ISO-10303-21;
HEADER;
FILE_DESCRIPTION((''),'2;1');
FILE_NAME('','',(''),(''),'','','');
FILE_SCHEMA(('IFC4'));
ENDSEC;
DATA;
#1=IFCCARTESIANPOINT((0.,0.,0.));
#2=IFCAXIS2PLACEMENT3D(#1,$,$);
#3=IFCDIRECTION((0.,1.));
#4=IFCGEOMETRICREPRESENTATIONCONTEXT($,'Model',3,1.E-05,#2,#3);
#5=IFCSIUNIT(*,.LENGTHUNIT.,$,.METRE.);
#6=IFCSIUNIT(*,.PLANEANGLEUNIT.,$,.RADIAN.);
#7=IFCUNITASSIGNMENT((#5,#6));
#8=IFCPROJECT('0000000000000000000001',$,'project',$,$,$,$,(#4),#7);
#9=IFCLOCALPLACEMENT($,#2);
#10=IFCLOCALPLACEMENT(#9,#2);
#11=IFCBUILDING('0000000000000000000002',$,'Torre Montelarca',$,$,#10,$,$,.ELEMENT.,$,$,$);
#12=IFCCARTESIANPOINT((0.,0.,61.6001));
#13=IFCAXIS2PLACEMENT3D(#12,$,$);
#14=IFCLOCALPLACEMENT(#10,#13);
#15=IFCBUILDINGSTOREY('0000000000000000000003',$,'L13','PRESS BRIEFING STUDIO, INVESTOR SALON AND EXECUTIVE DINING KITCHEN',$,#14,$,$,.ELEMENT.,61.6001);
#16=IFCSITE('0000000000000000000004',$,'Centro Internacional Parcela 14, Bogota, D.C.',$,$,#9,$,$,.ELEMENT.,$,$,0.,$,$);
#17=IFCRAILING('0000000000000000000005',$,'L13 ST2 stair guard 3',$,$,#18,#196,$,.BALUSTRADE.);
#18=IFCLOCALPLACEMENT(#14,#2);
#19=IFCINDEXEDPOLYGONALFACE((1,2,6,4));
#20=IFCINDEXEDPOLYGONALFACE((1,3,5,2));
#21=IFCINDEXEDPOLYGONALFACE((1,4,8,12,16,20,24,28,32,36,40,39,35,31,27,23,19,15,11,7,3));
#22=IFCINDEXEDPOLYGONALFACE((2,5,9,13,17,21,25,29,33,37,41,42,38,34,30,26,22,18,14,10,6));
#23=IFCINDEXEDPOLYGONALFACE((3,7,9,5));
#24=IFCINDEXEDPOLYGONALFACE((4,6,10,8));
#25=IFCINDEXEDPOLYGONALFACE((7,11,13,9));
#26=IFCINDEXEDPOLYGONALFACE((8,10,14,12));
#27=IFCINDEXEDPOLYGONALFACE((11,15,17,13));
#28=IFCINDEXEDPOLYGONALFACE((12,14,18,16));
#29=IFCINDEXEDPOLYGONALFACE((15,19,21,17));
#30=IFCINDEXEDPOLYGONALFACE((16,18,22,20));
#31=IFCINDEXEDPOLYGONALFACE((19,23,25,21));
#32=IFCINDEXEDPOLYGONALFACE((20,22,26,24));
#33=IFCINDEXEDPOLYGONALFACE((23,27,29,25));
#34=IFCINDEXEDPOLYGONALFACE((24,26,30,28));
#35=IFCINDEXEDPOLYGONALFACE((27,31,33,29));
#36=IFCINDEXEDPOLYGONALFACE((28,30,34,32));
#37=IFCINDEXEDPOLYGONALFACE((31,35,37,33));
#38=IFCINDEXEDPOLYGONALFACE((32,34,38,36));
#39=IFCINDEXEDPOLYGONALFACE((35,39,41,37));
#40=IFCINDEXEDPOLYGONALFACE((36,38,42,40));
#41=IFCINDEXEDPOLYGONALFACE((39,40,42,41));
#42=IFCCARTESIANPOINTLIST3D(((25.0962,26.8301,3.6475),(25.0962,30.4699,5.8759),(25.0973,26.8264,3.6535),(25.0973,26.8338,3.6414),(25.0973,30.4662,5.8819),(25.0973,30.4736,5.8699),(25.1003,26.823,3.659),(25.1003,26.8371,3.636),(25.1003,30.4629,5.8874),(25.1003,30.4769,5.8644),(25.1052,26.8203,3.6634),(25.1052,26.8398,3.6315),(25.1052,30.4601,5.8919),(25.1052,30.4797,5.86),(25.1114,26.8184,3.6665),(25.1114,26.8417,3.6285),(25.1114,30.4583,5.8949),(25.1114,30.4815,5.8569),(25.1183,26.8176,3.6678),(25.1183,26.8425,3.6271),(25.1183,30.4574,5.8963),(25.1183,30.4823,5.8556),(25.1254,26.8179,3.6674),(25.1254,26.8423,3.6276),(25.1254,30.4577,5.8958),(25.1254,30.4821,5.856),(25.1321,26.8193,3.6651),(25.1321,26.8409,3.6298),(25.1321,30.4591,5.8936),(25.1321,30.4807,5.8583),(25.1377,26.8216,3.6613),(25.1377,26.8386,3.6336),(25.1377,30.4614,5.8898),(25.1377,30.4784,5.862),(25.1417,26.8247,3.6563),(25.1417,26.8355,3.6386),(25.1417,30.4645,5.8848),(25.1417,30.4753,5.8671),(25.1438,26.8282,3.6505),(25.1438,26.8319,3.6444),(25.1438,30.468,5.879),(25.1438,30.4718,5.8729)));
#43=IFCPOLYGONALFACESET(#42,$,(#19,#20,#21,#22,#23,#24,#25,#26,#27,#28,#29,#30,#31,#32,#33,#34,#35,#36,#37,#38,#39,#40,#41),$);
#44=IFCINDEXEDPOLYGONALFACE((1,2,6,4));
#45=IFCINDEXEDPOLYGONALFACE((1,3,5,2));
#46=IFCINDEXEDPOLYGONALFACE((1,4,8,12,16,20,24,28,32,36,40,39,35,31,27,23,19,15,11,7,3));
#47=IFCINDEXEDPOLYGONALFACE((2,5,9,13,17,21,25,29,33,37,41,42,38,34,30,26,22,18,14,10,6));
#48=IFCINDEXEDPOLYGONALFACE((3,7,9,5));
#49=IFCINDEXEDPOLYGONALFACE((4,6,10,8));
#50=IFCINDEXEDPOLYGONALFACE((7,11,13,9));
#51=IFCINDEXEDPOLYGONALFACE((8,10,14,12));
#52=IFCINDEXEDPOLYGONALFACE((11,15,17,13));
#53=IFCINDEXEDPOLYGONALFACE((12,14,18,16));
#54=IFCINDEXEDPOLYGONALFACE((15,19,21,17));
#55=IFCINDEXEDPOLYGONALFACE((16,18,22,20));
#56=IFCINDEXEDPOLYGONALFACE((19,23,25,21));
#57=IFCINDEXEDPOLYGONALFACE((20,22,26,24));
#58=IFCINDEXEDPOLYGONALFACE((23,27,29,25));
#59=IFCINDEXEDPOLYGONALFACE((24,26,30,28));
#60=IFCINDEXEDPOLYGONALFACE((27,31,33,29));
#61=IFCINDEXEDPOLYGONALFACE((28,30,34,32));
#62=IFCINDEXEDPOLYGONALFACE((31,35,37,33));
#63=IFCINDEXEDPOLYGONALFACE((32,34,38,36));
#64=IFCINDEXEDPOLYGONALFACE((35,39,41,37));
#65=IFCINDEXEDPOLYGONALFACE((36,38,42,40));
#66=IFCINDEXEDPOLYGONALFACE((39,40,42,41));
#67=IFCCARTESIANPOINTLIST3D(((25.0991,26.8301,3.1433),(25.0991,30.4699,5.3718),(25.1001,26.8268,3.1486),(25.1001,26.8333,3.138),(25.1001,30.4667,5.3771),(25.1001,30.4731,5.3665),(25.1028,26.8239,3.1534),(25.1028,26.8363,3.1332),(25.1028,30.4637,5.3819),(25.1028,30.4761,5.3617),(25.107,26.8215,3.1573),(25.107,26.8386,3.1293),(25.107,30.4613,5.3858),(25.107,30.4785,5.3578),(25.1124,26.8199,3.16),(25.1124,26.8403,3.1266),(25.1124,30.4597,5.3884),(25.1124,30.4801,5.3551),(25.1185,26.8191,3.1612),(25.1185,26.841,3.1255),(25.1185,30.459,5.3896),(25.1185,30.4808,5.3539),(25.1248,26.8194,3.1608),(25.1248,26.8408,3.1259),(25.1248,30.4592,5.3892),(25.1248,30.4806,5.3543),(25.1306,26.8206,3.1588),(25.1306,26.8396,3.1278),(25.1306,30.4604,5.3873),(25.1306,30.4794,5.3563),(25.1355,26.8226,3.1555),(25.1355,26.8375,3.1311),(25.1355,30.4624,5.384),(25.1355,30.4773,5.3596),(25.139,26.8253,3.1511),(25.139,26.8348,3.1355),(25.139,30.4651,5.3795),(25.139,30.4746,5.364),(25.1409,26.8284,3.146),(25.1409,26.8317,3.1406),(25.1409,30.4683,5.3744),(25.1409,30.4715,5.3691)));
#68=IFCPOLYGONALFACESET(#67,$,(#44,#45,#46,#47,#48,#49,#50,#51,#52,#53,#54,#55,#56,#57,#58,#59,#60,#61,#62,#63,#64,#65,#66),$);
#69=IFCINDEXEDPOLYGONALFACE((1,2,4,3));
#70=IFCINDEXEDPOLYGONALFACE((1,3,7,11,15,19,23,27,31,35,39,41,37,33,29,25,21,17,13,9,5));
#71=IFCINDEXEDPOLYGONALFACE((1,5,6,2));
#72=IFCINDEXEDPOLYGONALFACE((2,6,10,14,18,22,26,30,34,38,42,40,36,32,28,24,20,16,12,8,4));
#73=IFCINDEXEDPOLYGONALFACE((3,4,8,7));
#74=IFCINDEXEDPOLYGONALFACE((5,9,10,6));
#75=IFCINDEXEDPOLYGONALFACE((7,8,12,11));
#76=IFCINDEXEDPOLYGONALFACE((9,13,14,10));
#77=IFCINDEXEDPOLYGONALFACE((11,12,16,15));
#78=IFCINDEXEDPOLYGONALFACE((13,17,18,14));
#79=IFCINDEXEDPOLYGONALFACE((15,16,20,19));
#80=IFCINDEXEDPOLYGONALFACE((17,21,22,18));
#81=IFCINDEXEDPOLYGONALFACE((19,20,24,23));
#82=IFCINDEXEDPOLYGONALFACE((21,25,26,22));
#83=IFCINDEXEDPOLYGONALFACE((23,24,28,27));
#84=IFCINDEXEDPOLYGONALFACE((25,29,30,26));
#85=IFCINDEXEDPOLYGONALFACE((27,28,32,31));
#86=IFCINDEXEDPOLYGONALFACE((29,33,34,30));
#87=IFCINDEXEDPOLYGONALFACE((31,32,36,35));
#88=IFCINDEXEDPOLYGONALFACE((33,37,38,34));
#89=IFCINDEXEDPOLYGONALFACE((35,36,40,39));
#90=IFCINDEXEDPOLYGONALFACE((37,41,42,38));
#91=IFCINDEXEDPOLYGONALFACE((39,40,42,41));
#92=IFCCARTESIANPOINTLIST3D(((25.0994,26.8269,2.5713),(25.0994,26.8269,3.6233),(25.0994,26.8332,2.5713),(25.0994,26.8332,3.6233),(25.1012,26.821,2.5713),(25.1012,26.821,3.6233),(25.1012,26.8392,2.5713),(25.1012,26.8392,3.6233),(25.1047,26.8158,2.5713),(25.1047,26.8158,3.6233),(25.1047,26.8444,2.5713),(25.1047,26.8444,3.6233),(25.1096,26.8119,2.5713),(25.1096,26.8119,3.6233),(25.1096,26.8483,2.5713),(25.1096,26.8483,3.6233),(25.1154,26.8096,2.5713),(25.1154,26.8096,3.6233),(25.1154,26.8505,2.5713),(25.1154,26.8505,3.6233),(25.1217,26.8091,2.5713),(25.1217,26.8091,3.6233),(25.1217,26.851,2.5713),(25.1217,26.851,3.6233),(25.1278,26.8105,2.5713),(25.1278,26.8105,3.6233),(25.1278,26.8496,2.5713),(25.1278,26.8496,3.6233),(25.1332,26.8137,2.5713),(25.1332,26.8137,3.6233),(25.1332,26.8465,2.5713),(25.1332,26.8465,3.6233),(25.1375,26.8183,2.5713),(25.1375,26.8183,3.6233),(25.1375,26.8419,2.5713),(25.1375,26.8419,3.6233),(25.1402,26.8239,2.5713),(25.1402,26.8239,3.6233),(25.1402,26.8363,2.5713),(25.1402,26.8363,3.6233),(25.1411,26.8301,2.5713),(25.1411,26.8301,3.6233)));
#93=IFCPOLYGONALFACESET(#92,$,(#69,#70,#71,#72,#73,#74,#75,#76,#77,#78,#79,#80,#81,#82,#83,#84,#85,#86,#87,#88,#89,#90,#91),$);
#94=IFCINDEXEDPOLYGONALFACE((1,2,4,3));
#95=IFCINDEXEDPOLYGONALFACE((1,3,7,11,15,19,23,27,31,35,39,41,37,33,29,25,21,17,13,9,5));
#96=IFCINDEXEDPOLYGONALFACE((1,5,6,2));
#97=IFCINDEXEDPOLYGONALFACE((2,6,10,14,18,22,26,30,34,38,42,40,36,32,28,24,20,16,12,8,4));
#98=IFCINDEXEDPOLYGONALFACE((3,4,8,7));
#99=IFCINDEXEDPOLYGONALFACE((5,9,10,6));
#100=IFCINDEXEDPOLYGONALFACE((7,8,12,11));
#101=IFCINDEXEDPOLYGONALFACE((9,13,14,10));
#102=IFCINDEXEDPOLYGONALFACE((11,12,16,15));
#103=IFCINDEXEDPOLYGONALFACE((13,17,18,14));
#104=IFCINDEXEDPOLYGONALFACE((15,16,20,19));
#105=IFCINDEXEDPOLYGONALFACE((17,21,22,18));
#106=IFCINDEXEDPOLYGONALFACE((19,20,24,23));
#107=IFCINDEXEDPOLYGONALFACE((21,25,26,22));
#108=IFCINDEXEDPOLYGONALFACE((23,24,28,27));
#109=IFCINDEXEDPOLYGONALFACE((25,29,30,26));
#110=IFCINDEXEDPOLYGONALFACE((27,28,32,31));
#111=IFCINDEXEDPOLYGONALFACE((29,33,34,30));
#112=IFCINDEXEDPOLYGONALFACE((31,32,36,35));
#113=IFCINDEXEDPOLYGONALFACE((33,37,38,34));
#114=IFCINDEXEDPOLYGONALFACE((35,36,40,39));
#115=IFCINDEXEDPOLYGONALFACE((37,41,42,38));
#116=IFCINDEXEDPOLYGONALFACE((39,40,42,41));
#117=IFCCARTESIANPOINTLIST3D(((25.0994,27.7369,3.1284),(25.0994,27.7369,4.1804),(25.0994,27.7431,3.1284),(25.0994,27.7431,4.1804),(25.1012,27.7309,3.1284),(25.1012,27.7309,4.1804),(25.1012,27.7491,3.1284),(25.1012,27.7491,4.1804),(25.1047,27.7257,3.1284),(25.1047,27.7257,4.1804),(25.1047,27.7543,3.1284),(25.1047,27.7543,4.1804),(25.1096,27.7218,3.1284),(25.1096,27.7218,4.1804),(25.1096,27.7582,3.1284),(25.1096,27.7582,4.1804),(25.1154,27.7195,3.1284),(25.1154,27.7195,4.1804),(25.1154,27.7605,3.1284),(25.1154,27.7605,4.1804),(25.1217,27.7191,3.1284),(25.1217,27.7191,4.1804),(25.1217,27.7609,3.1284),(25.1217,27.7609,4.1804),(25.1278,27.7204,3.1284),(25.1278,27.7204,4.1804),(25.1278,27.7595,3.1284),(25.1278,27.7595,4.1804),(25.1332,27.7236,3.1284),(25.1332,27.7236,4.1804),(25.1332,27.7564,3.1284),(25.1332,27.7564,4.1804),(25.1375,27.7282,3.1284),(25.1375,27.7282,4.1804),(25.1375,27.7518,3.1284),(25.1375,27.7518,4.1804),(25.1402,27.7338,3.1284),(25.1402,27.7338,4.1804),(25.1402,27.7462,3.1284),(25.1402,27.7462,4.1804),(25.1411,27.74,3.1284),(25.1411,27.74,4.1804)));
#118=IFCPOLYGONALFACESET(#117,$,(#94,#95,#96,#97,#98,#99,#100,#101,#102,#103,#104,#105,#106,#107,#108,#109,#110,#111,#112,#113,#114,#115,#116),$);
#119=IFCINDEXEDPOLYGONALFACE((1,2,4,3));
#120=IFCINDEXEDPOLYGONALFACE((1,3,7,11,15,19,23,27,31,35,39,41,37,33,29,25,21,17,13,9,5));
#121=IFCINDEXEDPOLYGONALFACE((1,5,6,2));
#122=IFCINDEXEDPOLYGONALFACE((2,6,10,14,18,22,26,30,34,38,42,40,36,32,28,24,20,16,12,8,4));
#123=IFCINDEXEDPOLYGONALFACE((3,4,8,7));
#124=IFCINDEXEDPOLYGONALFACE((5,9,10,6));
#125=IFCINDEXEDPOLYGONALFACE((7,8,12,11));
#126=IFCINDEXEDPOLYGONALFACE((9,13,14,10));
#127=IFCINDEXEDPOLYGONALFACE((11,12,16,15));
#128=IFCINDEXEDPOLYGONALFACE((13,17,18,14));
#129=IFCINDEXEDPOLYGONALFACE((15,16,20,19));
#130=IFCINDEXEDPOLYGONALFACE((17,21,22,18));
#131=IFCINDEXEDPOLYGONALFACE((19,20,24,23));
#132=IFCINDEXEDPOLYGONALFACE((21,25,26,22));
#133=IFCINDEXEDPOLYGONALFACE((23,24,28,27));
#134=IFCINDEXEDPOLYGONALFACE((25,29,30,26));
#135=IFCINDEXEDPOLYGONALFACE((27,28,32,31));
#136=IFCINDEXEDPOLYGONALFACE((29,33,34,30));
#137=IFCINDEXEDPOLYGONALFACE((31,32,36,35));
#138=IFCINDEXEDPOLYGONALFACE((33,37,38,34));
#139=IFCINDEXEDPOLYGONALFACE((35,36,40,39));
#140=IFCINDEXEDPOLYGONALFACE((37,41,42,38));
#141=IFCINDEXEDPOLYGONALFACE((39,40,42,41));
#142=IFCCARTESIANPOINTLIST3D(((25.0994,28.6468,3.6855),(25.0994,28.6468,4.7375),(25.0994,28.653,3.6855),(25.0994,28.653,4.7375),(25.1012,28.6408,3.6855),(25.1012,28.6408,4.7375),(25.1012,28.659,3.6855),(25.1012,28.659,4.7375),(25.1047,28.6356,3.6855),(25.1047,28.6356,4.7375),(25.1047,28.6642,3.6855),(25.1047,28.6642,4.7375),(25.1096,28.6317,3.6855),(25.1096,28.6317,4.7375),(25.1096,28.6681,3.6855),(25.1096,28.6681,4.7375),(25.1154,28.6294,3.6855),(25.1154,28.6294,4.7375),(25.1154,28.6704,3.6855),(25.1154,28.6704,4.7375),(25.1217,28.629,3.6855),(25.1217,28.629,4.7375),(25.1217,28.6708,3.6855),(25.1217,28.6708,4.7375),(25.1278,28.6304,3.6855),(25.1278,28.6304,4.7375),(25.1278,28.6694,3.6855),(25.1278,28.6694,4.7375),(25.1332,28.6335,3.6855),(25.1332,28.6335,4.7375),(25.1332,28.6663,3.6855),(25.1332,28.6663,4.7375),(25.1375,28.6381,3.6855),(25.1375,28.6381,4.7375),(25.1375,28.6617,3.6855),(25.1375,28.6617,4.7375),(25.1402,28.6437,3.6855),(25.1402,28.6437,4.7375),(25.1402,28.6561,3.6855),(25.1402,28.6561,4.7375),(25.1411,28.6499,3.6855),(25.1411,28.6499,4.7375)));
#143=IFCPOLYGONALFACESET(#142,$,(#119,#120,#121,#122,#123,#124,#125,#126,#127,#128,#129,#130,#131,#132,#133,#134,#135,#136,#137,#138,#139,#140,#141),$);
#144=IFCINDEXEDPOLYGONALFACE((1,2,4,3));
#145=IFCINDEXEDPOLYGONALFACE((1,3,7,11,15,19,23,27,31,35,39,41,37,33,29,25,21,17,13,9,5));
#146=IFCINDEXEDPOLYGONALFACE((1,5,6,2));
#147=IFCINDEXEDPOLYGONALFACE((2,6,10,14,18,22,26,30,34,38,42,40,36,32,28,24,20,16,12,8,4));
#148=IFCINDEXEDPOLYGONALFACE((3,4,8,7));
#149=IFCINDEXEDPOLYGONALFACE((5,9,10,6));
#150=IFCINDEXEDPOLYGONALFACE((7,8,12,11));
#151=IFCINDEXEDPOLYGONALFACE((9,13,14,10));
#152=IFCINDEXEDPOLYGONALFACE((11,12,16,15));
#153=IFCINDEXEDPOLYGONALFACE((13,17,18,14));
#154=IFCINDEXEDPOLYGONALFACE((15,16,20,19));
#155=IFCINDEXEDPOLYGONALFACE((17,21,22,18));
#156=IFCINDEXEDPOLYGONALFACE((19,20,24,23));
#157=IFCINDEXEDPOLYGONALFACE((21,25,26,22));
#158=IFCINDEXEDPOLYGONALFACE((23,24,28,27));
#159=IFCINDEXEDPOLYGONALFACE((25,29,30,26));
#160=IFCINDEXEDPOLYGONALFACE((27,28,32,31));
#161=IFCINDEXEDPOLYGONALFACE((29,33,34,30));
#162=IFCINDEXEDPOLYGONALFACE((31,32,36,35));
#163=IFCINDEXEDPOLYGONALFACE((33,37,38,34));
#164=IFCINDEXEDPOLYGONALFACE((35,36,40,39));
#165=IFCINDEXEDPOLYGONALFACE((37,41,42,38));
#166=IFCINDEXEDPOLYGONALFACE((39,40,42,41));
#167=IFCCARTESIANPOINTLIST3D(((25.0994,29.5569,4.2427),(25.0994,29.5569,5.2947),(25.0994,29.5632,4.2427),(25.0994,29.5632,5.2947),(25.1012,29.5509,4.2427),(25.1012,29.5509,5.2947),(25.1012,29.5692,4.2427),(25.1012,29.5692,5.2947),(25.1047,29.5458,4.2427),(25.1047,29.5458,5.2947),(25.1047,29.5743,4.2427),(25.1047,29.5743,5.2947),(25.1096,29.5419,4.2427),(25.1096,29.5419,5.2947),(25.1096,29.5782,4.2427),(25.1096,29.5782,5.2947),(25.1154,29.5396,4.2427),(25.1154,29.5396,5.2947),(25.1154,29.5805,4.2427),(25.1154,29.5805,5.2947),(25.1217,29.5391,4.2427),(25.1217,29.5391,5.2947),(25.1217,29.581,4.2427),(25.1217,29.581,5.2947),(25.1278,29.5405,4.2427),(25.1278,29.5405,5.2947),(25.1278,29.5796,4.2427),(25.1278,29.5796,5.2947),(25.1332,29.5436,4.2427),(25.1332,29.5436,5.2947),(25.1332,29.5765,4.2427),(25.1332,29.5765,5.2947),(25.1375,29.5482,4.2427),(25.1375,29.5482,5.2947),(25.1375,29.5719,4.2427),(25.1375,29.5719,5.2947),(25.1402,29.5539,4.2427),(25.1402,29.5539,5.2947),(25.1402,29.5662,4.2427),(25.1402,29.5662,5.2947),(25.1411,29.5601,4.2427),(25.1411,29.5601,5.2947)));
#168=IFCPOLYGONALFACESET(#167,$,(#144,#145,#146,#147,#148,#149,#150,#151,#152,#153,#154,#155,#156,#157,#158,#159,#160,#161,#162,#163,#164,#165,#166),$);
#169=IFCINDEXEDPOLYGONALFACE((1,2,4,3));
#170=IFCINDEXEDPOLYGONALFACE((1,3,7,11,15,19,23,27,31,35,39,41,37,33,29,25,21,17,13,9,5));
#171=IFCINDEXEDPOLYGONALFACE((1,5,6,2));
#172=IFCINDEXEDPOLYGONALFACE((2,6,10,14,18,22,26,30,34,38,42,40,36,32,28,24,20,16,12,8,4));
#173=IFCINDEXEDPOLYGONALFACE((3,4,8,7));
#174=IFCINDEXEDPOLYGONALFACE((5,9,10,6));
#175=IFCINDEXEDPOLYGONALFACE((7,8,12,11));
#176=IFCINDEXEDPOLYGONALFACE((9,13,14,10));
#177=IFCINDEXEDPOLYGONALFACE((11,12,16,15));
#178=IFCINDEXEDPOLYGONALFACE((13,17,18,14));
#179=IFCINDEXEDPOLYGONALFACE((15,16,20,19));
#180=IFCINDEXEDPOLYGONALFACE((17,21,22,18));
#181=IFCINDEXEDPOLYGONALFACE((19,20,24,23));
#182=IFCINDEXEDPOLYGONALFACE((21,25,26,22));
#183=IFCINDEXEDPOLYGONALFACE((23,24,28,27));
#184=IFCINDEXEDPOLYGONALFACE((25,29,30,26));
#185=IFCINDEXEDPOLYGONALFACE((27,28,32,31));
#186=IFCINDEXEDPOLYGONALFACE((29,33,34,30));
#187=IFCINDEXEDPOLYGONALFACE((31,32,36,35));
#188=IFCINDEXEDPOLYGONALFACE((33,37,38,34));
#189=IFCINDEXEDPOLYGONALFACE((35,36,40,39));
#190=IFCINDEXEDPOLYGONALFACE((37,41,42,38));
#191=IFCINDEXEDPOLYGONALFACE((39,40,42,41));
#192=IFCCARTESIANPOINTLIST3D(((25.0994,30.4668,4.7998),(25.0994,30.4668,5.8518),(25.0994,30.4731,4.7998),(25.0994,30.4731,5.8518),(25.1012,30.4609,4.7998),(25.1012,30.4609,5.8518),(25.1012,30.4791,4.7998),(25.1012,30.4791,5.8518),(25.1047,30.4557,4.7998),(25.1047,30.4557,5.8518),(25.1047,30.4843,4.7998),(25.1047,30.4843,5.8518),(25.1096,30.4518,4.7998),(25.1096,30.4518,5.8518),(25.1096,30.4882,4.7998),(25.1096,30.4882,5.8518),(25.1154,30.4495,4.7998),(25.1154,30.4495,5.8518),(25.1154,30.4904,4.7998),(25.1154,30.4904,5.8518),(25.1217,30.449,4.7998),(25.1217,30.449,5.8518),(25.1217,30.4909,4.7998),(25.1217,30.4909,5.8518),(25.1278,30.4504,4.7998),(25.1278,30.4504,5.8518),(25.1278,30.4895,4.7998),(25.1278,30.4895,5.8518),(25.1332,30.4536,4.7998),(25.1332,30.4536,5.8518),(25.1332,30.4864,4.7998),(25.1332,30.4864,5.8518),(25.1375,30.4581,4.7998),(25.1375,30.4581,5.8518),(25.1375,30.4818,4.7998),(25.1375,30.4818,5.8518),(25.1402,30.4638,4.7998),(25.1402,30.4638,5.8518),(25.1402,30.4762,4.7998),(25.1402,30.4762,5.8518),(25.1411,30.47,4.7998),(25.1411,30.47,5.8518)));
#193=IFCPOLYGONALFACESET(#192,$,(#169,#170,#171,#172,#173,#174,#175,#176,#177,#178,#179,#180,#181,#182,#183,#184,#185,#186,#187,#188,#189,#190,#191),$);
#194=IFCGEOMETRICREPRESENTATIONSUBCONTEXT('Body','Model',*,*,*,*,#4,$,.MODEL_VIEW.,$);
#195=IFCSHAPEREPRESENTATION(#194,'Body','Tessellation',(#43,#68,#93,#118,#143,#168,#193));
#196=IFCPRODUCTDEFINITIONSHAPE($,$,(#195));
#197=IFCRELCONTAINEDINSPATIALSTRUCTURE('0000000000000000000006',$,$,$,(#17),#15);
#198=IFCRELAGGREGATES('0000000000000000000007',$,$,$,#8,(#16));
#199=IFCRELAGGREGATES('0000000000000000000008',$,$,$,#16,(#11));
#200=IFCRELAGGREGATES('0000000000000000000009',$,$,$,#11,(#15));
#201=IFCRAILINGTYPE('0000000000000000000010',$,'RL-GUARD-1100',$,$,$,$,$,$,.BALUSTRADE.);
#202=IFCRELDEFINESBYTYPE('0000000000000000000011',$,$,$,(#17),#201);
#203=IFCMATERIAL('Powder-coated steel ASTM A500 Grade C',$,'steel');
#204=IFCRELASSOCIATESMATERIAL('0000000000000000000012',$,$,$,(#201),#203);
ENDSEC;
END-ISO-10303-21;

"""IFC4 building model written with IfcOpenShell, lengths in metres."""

from ifc_helpers import new_model, si_unit, direction, frame, origin, origin_2d, place, context, subcontext, project, spatial, circle, extrude, material, type_object, element, save


model = new_model("IFC4")

# Units and contexts
model_context = context("Model", 3, precision=1e-05, world=origin(), true_north=direction((0.0, 1.0)))
body_context = subcontext(model_context, "Body", "Model", "MODEL_VIEW")
ifc_project = project(units=[si_unit("LENGTHUNIT", "METRE"), si_unit("PLANEANGLEUNIT", "RADIAN")], contexts=[model_context])

# Site, building, storey
site_placement = place(None, origin())
site = spatial("IfcSite", under=ifc_project, at=site_placement, Name="Centro Internacional Parcela 14, Bogota, D.C.", CompositionType="ELEMENT", RefElevation=0.0)
building_placement = place(site_placement, origin())
building = spatial("IfcBuilding", under=site, at=building_placement, Name="Torre Montelarca", CompositionType="ELEMENT")
storey_placement = place(building_placement, frame((0.0, 0.0, 61.6001)))
storey = spatial("IfcBuildingStorey", under=building, at=storey_placement, Name="L13", Description="PRESS BRIEFING STUDIO, INVESTOR SALON AND EXECUTIVE DINING KITCHEN", CompositionType="ELEMENT", Elevation=61.6001)

# Railing
ifc_material_1 = material(Name="Powder-coated steel ASTM A500 Grade C", Category="steel")
railing_type_1 = type_object("IfcRailingType", Name="RL-GUARD-1100", PredefinedType="BALUSTRADE", material=ifc_material_1)
railing_1_placement = place(storey_placement, frame((25.1201, 26.8301, 2.5713)))
element("IfcRailing", 1, at=railing_1_placement, inside=storey, type_object=railing_type_1, Name="L13 ST2 stair guard 3", PredefinedType="BALUSTRADE", context=body_context, shape_type="SweptSolid", body=[
    extrude(circle(Radius=0.0239, at=origin_2d()), frame((0.0, 0.0, 1.0762), z_axis=(0.0, 0.85285, 0.522156), x_axis=(-1.0, 0.0, 0.0)), (0.0, 0.0, 1.0), 4.2678),
    extrude(circle(Radius=0.021, at=origin_2d()), frame((0.0, 0.0, 0.572), z_axis=(0.0, 0.85285, 0.522156), x_axis=(-1.0, 0.0, 0.0)), (0.0, 0.0, 1.0), 4.2678),
    extrude(circle(Radius=0.021, at=origin_2d()), origin(), (0.0, 0.0, 1.0), 1.052),
    extrude(circle(Radius=0.021, at=origin_2d()), frame((0.0, 0.9099, 0.5571)), (0.0, 0.0, 1.0), 1.052),
    extrude(circle(Radius=0.021, at=origin_2d()), frame((0.0, 1.8198, 1.1143)), (0.0, 0.0, 1.0), 1.052),
    extrude(circle(Radius=0.021, at=origin_2d()), frame((0.0, 2.73, 1.6714)), (0.0, 0.0, 1.0), 1.052),
    extrude(circle(Radius=0.021, at=origin_2d()), frame((0.0, 3.6399, 2.2285)), (0.0, 0.0, 1.0), 1.052),
])

save(model, "model.ifc")
